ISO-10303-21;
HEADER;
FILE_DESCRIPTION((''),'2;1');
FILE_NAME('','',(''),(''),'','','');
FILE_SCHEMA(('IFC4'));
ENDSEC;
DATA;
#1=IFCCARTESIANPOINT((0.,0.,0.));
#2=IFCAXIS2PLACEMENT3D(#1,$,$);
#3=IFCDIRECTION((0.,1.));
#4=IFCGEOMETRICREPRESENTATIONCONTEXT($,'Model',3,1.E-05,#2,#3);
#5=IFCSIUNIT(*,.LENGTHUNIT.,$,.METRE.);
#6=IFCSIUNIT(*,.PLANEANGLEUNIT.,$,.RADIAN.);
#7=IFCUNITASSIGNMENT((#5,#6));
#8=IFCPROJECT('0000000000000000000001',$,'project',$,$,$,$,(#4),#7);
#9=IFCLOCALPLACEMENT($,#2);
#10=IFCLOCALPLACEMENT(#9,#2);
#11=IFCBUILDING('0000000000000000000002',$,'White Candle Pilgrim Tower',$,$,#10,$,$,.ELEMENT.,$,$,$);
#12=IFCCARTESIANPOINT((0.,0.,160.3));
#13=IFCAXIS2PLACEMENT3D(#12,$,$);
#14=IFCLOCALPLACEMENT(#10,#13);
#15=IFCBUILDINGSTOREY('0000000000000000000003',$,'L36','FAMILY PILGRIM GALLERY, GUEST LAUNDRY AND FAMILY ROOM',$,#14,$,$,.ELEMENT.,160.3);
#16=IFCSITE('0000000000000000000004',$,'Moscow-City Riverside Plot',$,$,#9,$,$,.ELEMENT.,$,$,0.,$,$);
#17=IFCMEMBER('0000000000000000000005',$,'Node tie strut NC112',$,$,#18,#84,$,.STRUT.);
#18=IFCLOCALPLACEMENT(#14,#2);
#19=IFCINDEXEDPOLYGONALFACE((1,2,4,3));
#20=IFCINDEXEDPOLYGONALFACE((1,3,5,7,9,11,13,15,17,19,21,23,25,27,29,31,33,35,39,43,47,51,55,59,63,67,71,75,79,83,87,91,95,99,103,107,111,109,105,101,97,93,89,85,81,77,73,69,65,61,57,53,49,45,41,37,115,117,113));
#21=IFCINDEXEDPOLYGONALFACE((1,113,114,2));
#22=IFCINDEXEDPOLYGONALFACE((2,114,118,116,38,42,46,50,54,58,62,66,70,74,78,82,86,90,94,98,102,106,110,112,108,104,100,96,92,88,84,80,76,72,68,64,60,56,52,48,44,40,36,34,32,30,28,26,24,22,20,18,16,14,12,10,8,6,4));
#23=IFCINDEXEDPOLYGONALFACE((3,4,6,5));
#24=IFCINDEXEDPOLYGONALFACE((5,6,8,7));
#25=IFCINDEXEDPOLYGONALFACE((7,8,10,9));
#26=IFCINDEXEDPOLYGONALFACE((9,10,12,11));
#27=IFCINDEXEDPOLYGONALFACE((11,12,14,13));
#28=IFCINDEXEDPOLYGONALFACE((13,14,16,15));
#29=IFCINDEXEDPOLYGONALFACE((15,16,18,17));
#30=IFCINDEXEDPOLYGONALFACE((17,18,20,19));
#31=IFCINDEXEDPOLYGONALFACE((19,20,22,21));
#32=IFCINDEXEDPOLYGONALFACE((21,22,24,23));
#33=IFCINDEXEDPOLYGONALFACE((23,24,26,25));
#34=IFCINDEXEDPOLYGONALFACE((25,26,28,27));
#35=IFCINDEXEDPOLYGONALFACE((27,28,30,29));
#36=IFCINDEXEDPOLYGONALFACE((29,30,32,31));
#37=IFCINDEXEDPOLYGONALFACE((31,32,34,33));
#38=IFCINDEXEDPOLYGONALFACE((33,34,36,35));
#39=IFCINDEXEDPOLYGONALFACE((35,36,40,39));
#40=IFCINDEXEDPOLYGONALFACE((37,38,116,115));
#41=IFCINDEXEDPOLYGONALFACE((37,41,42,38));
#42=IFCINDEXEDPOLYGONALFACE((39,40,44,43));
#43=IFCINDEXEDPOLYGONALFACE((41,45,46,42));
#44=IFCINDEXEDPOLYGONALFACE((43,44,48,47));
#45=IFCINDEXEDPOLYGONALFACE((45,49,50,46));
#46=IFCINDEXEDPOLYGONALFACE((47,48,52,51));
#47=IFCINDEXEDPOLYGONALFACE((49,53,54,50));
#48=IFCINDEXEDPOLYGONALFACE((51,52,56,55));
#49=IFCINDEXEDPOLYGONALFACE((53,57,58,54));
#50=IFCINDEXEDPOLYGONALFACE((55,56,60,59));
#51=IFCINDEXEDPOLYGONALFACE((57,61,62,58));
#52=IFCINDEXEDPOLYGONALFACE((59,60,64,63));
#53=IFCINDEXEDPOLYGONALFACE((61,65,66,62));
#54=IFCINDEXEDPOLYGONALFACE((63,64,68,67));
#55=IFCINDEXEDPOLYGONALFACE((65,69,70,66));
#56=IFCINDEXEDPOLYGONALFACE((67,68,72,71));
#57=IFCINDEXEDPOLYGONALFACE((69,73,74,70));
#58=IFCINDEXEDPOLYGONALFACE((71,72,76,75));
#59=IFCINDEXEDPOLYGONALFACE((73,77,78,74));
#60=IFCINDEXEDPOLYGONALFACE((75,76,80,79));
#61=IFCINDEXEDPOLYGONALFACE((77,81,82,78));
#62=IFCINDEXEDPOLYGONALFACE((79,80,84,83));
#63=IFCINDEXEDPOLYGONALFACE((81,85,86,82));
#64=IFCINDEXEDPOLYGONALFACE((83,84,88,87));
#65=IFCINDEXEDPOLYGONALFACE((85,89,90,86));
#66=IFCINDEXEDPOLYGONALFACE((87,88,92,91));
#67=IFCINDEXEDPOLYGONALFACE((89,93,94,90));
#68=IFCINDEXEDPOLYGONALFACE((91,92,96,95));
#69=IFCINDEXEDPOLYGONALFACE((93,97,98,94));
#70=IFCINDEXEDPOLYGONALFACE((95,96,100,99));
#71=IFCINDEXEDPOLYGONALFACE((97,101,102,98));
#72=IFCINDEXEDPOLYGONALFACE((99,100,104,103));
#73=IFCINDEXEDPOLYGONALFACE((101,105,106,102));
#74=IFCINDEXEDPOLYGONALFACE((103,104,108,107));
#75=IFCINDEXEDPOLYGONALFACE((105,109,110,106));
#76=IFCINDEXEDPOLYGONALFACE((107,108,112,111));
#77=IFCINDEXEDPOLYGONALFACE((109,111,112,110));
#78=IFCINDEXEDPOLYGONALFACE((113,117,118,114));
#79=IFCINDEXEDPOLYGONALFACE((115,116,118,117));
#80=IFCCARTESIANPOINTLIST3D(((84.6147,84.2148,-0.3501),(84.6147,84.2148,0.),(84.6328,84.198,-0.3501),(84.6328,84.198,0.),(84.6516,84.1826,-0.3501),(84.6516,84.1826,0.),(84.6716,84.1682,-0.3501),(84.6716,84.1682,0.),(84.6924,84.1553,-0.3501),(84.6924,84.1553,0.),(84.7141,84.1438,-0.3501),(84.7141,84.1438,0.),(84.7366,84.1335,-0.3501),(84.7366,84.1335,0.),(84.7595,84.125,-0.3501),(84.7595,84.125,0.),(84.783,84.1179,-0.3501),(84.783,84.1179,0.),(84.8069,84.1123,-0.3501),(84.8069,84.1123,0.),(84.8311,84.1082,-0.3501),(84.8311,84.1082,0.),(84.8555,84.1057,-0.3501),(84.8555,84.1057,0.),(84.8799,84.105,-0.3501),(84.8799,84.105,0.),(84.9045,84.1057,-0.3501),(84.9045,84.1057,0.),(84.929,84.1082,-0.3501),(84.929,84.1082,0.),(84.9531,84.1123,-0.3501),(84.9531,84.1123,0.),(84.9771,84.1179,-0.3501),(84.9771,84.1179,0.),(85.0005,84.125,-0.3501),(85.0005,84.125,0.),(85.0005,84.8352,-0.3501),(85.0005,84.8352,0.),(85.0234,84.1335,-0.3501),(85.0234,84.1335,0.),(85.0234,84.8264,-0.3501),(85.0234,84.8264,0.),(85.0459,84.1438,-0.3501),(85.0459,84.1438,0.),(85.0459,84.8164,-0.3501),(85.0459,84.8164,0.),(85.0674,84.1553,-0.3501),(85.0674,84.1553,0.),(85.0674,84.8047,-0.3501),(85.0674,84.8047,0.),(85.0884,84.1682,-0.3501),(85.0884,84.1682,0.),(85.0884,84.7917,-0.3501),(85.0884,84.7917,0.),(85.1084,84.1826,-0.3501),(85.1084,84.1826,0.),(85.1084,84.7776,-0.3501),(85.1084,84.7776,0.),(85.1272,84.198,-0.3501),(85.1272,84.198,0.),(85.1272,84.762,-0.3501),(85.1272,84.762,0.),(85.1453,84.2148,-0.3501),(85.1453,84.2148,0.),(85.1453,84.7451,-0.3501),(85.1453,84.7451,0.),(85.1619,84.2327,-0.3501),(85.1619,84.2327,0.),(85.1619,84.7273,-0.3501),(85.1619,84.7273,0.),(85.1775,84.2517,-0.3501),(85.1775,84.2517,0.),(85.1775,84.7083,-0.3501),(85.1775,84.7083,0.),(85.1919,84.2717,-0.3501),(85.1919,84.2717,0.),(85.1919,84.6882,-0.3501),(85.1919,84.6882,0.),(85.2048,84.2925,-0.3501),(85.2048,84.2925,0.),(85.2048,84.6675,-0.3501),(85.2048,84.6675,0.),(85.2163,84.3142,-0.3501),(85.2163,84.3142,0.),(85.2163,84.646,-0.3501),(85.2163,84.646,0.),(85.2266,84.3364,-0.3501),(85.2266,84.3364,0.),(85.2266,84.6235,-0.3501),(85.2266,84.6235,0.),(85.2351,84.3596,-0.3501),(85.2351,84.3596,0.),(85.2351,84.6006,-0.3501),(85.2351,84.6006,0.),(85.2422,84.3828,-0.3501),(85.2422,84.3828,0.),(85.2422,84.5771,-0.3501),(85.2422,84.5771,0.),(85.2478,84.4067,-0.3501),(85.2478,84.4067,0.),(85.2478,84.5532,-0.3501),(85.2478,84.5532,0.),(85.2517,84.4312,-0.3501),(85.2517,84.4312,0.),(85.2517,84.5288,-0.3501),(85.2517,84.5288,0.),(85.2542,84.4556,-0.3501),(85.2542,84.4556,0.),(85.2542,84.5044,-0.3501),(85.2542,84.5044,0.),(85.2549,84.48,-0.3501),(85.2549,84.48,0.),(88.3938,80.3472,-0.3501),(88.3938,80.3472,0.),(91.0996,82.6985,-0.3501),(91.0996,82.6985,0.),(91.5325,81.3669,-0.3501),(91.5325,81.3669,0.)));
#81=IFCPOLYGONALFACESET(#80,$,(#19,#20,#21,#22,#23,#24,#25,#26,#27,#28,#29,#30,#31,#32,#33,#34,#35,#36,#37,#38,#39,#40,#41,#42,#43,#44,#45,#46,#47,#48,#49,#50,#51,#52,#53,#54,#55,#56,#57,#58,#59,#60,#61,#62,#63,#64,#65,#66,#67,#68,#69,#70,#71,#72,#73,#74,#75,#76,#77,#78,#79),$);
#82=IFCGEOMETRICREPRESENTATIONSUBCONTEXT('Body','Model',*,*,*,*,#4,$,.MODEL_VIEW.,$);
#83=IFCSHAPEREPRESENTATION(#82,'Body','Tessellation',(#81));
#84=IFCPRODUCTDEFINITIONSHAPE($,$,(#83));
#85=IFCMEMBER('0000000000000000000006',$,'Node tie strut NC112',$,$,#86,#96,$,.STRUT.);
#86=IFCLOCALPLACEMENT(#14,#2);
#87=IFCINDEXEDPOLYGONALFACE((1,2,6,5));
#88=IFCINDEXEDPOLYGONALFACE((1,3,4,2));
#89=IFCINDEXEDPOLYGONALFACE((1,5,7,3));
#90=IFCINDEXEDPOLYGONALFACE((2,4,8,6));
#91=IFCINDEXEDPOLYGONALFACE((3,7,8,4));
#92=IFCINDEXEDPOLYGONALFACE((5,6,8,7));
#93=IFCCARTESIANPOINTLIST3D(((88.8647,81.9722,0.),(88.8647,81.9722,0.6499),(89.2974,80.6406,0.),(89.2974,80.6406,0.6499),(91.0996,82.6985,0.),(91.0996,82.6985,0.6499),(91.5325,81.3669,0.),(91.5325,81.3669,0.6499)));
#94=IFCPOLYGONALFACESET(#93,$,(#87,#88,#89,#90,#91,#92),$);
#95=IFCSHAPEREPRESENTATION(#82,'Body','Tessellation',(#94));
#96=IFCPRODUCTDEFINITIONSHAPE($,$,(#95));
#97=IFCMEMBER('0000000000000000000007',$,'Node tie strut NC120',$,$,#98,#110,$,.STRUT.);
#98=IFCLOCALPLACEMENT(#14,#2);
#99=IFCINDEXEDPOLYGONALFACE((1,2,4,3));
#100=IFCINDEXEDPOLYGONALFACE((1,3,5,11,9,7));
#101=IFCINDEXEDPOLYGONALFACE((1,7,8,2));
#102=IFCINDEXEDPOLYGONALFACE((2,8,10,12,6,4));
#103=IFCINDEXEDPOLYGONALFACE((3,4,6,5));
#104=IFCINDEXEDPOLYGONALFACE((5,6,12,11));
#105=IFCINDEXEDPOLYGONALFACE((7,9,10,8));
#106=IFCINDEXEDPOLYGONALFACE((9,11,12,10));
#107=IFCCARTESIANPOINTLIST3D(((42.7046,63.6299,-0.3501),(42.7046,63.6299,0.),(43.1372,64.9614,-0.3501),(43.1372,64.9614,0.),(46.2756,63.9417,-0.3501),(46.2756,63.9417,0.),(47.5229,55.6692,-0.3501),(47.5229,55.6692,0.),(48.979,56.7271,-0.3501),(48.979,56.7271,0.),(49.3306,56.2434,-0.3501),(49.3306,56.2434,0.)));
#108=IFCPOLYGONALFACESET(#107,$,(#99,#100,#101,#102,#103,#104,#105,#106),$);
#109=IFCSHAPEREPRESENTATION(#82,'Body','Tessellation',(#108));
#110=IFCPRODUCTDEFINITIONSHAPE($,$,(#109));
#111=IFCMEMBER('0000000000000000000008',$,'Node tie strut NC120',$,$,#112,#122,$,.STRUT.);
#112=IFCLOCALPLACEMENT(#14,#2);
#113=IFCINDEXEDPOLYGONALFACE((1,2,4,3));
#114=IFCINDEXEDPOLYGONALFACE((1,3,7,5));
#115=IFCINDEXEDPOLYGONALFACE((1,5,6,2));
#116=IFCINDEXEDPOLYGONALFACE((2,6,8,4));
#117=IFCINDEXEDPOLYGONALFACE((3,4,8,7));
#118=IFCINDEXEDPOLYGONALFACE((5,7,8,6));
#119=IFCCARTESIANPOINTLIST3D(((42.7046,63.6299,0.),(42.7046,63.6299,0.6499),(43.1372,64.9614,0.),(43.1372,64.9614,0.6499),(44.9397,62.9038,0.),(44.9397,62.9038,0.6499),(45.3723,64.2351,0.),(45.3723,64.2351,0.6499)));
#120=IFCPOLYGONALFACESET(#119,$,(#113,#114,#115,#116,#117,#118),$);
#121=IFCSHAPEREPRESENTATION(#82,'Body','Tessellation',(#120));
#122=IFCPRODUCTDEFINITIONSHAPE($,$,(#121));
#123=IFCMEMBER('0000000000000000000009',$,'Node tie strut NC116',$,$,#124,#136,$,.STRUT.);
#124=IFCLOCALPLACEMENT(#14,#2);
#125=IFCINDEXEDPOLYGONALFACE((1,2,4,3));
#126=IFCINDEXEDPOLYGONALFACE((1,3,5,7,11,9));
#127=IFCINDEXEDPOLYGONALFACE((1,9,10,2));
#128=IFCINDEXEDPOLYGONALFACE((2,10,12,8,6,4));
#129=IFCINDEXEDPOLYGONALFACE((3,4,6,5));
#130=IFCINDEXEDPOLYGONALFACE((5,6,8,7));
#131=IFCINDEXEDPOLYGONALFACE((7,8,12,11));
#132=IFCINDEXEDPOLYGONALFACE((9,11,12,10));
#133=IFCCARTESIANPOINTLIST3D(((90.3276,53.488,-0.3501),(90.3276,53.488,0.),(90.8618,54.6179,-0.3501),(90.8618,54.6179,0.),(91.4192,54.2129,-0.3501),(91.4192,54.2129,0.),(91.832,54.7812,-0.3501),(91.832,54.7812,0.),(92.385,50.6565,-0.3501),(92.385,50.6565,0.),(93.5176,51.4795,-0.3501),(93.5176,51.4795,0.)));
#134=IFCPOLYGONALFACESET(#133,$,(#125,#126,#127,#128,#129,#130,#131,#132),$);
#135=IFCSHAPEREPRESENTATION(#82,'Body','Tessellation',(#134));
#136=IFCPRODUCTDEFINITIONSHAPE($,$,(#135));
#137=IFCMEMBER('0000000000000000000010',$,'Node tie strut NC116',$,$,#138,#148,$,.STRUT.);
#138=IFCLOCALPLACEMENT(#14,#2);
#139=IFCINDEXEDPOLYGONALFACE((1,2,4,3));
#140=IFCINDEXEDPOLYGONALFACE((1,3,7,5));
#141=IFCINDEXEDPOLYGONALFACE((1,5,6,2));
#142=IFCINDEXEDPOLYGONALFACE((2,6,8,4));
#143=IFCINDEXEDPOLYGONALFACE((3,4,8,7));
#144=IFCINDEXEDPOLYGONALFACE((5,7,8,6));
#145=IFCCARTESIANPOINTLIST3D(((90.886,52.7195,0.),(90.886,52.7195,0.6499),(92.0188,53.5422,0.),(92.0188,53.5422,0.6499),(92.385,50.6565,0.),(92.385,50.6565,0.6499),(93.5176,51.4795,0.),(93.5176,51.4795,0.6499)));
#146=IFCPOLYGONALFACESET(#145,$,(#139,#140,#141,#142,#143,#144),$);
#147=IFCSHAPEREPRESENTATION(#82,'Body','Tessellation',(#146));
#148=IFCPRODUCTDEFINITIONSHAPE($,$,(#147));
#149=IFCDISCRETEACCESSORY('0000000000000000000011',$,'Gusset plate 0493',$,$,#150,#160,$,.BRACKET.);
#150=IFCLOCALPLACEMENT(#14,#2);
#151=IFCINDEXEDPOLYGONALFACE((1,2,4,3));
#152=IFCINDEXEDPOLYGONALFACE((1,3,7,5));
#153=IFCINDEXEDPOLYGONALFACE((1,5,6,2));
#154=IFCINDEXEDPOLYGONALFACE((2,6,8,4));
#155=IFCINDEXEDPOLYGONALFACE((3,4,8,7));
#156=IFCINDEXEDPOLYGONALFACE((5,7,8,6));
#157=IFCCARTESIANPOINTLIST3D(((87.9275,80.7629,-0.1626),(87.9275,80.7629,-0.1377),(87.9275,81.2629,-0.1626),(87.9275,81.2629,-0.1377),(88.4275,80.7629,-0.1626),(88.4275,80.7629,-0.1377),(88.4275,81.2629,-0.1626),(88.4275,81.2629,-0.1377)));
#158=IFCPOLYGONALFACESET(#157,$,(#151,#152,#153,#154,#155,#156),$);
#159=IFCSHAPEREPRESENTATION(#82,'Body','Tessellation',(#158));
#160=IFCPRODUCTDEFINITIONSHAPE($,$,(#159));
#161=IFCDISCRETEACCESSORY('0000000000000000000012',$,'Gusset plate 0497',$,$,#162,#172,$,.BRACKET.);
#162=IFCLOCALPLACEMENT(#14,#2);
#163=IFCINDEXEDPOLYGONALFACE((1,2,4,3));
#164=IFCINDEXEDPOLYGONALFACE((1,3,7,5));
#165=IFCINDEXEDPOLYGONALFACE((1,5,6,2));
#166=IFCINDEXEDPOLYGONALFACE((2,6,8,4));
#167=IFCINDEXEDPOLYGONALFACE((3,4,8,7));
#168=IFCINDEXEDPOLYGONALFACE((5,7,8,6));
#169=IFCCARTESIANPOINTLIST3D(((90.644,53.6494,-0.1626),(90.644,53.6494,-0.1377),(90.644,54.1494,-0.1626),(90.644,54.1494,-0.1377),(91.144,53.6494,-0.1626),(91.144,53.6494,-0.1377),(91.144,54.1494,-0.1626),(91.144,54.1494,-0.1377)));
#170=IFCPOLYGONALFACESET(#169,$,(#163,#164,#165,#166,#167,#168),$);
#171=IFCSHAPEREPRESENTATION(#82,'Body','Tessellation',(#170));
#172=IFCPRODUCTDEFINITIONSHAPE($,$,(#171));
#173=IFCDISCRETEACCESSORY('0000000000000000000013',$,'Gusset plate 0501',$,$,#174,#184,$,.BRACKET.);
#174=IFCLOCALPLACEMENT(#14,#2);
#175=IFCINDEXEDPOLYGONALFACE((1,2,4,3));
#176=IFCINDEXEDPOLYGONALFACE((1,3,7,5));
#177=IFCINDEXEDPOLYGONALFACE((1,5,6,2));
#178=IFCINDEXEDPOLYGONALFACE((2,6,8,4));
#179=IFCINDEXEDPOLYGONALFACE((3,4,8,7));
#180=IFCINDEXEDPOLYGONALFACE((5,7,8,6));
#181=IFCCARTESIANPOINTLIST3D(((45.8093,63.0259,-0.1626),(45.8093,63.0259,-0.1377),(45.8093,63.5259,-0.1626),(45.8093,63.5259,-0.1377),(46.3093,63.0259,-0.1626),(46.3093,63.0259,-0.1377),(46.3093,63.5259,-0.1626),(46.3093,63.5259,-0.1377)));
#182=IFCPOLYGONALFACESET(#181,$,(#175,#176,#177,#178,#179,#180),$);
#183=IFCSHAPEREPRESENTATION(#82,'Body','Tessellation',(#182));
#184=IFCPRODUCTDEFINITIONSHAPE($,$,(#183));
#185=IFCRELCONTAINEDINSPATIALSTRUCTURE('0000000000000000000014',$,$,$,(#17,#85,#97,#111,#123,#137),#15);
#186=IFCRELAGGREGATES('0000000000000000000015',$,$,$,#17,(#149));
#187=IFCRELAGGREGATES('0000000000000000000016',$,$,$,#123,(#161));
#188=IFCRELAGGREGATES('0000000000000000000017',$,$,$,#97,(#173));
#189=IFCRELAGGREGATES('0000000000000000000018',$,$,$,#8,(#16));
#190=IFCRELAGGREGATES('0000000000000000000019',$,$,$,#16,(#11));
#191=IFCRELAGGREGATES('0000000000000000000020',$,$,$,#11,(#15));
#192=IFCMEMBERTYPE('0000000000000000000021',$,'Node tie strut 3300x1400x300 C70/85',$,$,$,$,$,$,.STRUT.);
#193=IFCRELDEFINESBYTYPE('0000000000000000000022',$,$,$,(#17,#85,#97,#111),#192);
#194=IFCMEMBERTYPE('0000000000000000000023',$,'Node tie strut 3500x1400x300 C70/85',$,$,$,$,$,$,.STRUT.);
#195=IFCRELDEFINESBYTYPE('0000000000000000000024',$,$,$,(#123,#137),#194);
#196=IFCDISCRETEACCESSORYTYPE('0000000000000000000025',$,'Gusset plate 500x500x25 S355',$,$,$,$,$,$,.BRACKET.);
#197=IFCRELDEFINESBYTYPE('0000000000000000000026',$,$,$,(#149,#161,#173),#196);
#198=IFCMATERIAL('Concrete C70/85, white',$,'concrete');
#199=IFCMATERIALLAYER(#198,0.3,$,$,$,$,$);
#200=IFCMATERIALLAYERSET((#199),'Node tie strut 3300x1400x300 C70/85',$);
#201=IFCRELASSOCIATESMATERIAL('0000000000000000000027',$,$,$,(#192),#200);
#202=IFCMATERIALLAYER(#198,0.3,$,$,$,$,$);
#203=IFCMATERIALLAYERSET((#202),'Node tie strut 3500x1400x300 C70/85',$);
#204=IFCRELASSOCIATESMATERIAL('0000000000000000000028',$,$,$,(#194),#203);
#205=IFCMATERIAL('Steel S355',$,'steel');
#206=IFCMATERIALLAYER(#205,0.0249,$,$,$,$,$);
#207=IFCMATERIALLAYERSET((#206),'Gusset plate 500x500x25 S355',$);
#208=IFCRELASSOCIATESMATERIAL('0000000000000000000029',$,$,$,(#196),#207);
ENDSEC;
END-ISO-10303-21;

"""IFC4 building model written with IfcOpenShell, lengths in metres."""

from ifc_helpers import new_model, si_unit, direction, frame, origin, origin_2d, place, context, subcontext, project, spatial, polyline, rectangle, outline, extrude, material, layer, layer_set, type_object, element, aggregate, save


model = new_model("IFC4")

# Units and contexts
model_context = context("Model", 3, precision=1e-05, world=origin(), true_north=direction((0.0, 1.0)))
body_context = subcontext(model_context, "Body", "Model", "MODEL_VIEW")
ifc_project = project(units=[si_unit("LENGTHUNIT", "METRE"), si_unit("PLANEANGLEUNIT", "RADIAN")], contexts=[model_context])

# Site, building, storey
site_placement = place(None, origin())
site = spatial("IfcSite", under=ifc_project, at=site_placement, Name="Moscow-City Riverside Plot", CompositionType="ELEMENT", RefElevation=0.0)
building_placement = place(site_placement, origin())
building = spatial("IfcBuilding", under=site, at=building_placement, Name="White Candle Pilgrim Tower", CompositionType="ELEMENT")
storey_placement = place(building_placement, frame((0.0, 0.0, 160.3)))
storey = spatial("IfcBuildingStorey", under=building, at=storey_placement, Name="L36", Description="FAMILY PILGRIM GALLERY, GUEST LAUNDRY AND FAMILY ROOM", CompositionType="ELEMENT", Elevation=160.3)

# Members
ifc_material_1 = material(Name="Concrete C70/85, white", Category="concrete")
ifc_layer_1 = layer(ifc_material_1, 0.3)
ifc_layer_set_1 = layer_set([ifc_layer_1], Name="Node tie strut 3300x1400x300 C70/85")
member_type_1 = type_object("IfcMemberType", Name="Node tie strut 3300x1400x300 C70/85", PredefinedType="STRUT", material=ifc_layer_set_1)
member_1_placement = place(storey_placement, frame((0.0, 0.0, -0.3501)))
member_1 = element("IfcMember", 1, at=member_1_placement, inside=storey, type_object=member_type_1, Name="Node tie strut NC112", PredefinedType="STRUT", context=body_context, shape_type="SweptSolid", body=[
    extrude(outline(polyline([(88.3938, 80.3472), (91.5325, 81.3669), (91.0996, 82.6985), (85.0005, 84.8352), (85.0234, 84.8264), (85.0459, 84.8164), (85.0674, 84.8047), (85.0884, 84.7917), (85.1084, 84.7776), (85.1272, 84.762), (85.1453, 84.7451), (85.1619, 84.7273), (85.1775, 84.7083), (85.1919, 84.6882), (85.2048, 84.6675), (85.2163, 84.646), (85.2266, 84.6235), (85.2351, 84.6006), (85.2422, 84.5771), (85.2478, 84.5532), (85.2517, 84.5288), (85.2542, 84.5044), (85.2549, 84.48), (85.2542, 84.4556), (85.2517, 84.4312), (85.2478, 84.4067), (85.2422, 84.3828), (85.2351, 84.3596), (85.2266, 84.3364), (85.2163, 84.3142), (85.2048, 84.2925), (85.1919, 84.2717), (85.1775, 84.2517), (85.1619, 84.2327), (85.1453, 84.2148), (85.1272, 84.198), (85.1084, 84.1826), (85.0884, 84.1682), (85.0674, 84.1553), (85.0459, 84.1438), (85.0234, 84.1335), (85.0005, 84.125), (84.9771, 84.1179), (84.9531, 84.1123), (84.929, 84.1082), (84.9045, 84.1057), (84.8799, 84.105), (84.8555, 84.1057), (84.8311, 84.1082), (84.8069, 84.1123), (84.783, 84.1179), (84.7595, 84.125), (84.7366, 84.1335), (84.7141, 84.1438), (84.6924, 84.1553), (84.6716, 84.1682), (84.6516, 84.1826), (84.6328, 84.198), (84.6147, 84.2148), (88.3938, 80.3472)])), origin(), (0.0, 0.0, 1.0), 0.3501),
])
member_2_placement = place(storey_placement, origin())
element("IfcMember", 2, at=member_2_placement, inside=storey, type_object=member_type_1, Name="Node tie strut NC112", PredefinedType="STRUT", context=body_context, shape_type="SweptSolid", body=[
    extrude(outline(polyline([(89.2974, 80.6406), (91.5325, 81.3669), (91.0996, 82.6985), (88.8647, 81.9722), (89.2974, 80.6406)])), origin(), (0.0, 0.0, 1.0), 0.6499),
])
member_3_placement = place(storey_placement, frame((0.0, 0.0, -0.3501)))
member_3 = element("IfcMember", 3, at=member_3_placement, inside=storey, type_object=member_type_1, Name="Node tie strut NC120", PredefinedType="STRUT", context=body_context, shape_type="SweptSolid", body=[
    extrude(outline(polyline([(47.5229, 55.6692), (48.979, 56.7271), (49.3306, 56.2434), (46.2756, 63.9417), (43.1372, 64.9614), (42.7046, 63.6299), (47.5229, 55.6692)])), origin(), (0.0, 0.0, 1.0), 0.3501),
])
member_4_placement = place(storey_placement, origin())
element("IfcMember", 4, at=member_4_placement, inside=storey, type_object=member_type_1, Name="Node tie strut NC120", PredefinedType="STRUT", context=body_context, shape_type="SweptSolid", body=[
    extrude(outline(polyline([(44.9397, 62.9038), (45.3723, 64.2351), (43.1372, 64.9614), (42.7046, 63.6299), (44.9397, 62.9038)])), origin(), (0.0, 0.0, 1.0), 0.6499),
])
ifc_layer_2 = layer(ifc_material_1, 0.3)
ifc_layer_set_2 = layer_set([ifc_layer_2], Name="Node tie strut 3500x1400x300 C70/85")
member_type_2 = type_object("IfcMemberType", Name="Node tie strut 3500x1400x300 C70/85", PredefinedType="STRUT", material=ifc_layer_set_2)
member_5_placement = place(storey_placement, frame((0.0, 0.0, -0.3501)))
member_5 = element("IfcMember", 5, at=member_5_placement, inside=storey, type_object=member_type_2, Name="Node tie strut NC116", PredefinedType="STRUT", context=body_context, shape_type="SweptSolid", body=[
    extrude(outline(polyline([(92.385, 50.6565), (93.5176, 51.4795), (91.832, 54.7812), (91.4192, 54.2129), (90.8618, 54.6179), (90.3276, 53.488), (92.385, 50.6565)])), origin(), (0.0, 0.0, 1.0), 0.3501),
])
member_6_placement = place(storey_placement, origin())
element("IfcMember", 6, at=member_6_placement, inside=storey, type_object=member_type_2, Name="Node tie strut NC116", PredefinedType="STRUT", context=body_context, shape_type="SweptSolid", body=[
    extrude(outline(polyline([(92.385, 50.6565), (93.5176, 51.4795), (92.0188, 53.5422), (90.886, 52.7195), (92.385, 50.6565)])), origin(), (0.0, 0.0, 1.0), 0.6499),
])

# Discrete accessories
ifc_material_2 = material(Name="Steel S355", Category="steel")
ifc_layer_3 = layer(ifc_material_2, 0.0249)
ifc_layer_set_3 = layer_set([ifc_layer_3], Name="Gusset plate 500x500x25 S355")
discrete_accessory_type = type_object("IfcDiscreteAccessoryType", Name="Gusset plate 500x500x25 S355", PredefinedType="BRACKET", material=ifc_layer_set_3)
discrete_accessory_1_placement = place(storey_placement, frame((88.1775, 81.0129, -0.1626), z_axis=(0.0, 0.0, 1.0), x_axis=(1.0, 0.0, 0.0)))
discrete_accessory_1 = element("IfcDiscreteAccessory", 7, at=discrete_accessory_1_placement, type_object=discrete_accessory_type, Name="Gusset plate 0493", PredefinedType="BRACKET", context=body_context, shape_type="SweptSolid", body=[
    extrude(rectangle(XDim=0.5, YDim=0.5, at=origin_2d()), origin(), (0.0, 0.0, 1.0), 0.0249),
])
aggregate(member_1, [discrete_accessory_1])
discrete_accessory_2_placement = place(storey_placement, frame((90.894, 53.8994, -0.1626), z_axis=(0.0, 0.0, 1.0), x_axis=(1.0, 0.0, 0.0)))
discrete_accessory_2 = element("IfcDiscreteAccessory", 8, at=discrete_accessory_2_placement, type_object=discrete_accessory_type, Name="Gusset plate 0497", PredefinedType="BRACKET", context=body_context, shape_type="SweptSolid", body=[
    extrude(rectangle(XDim=0.5, YDim=0.5, at=origin_2d()), origin(), (0.0, 0.0, 1.0), 0.0249),
])
aggregate(member_5, [discrete_accessory_2])
discrete_accessory_3_placement = place(storey_placement, frame((46.0593, 63.2759, -0.1626), z_axis=(0.0, 0.0, 1.0), x_axis=(1.0, 0.0, 0.0)))
discrete_accessory_3 = element("IfcDiscreteAccessory", 9, at=discrete_accessory_3_placement, type_object=discrete_accessory_type, Name="Gusset plate 0501", PredefinedType="BRACKET", context=body_context, shape_type="SweptSolid", body=[
    extrude(rectangle(XDim=0.5, YDim=0.5, at=origin_2d()), origin(), (0.0, 0.0, 1.0), 0.0249),
])
aggregate(member_3, [discrete_accessory_3])

save(model, "model.ifc")
